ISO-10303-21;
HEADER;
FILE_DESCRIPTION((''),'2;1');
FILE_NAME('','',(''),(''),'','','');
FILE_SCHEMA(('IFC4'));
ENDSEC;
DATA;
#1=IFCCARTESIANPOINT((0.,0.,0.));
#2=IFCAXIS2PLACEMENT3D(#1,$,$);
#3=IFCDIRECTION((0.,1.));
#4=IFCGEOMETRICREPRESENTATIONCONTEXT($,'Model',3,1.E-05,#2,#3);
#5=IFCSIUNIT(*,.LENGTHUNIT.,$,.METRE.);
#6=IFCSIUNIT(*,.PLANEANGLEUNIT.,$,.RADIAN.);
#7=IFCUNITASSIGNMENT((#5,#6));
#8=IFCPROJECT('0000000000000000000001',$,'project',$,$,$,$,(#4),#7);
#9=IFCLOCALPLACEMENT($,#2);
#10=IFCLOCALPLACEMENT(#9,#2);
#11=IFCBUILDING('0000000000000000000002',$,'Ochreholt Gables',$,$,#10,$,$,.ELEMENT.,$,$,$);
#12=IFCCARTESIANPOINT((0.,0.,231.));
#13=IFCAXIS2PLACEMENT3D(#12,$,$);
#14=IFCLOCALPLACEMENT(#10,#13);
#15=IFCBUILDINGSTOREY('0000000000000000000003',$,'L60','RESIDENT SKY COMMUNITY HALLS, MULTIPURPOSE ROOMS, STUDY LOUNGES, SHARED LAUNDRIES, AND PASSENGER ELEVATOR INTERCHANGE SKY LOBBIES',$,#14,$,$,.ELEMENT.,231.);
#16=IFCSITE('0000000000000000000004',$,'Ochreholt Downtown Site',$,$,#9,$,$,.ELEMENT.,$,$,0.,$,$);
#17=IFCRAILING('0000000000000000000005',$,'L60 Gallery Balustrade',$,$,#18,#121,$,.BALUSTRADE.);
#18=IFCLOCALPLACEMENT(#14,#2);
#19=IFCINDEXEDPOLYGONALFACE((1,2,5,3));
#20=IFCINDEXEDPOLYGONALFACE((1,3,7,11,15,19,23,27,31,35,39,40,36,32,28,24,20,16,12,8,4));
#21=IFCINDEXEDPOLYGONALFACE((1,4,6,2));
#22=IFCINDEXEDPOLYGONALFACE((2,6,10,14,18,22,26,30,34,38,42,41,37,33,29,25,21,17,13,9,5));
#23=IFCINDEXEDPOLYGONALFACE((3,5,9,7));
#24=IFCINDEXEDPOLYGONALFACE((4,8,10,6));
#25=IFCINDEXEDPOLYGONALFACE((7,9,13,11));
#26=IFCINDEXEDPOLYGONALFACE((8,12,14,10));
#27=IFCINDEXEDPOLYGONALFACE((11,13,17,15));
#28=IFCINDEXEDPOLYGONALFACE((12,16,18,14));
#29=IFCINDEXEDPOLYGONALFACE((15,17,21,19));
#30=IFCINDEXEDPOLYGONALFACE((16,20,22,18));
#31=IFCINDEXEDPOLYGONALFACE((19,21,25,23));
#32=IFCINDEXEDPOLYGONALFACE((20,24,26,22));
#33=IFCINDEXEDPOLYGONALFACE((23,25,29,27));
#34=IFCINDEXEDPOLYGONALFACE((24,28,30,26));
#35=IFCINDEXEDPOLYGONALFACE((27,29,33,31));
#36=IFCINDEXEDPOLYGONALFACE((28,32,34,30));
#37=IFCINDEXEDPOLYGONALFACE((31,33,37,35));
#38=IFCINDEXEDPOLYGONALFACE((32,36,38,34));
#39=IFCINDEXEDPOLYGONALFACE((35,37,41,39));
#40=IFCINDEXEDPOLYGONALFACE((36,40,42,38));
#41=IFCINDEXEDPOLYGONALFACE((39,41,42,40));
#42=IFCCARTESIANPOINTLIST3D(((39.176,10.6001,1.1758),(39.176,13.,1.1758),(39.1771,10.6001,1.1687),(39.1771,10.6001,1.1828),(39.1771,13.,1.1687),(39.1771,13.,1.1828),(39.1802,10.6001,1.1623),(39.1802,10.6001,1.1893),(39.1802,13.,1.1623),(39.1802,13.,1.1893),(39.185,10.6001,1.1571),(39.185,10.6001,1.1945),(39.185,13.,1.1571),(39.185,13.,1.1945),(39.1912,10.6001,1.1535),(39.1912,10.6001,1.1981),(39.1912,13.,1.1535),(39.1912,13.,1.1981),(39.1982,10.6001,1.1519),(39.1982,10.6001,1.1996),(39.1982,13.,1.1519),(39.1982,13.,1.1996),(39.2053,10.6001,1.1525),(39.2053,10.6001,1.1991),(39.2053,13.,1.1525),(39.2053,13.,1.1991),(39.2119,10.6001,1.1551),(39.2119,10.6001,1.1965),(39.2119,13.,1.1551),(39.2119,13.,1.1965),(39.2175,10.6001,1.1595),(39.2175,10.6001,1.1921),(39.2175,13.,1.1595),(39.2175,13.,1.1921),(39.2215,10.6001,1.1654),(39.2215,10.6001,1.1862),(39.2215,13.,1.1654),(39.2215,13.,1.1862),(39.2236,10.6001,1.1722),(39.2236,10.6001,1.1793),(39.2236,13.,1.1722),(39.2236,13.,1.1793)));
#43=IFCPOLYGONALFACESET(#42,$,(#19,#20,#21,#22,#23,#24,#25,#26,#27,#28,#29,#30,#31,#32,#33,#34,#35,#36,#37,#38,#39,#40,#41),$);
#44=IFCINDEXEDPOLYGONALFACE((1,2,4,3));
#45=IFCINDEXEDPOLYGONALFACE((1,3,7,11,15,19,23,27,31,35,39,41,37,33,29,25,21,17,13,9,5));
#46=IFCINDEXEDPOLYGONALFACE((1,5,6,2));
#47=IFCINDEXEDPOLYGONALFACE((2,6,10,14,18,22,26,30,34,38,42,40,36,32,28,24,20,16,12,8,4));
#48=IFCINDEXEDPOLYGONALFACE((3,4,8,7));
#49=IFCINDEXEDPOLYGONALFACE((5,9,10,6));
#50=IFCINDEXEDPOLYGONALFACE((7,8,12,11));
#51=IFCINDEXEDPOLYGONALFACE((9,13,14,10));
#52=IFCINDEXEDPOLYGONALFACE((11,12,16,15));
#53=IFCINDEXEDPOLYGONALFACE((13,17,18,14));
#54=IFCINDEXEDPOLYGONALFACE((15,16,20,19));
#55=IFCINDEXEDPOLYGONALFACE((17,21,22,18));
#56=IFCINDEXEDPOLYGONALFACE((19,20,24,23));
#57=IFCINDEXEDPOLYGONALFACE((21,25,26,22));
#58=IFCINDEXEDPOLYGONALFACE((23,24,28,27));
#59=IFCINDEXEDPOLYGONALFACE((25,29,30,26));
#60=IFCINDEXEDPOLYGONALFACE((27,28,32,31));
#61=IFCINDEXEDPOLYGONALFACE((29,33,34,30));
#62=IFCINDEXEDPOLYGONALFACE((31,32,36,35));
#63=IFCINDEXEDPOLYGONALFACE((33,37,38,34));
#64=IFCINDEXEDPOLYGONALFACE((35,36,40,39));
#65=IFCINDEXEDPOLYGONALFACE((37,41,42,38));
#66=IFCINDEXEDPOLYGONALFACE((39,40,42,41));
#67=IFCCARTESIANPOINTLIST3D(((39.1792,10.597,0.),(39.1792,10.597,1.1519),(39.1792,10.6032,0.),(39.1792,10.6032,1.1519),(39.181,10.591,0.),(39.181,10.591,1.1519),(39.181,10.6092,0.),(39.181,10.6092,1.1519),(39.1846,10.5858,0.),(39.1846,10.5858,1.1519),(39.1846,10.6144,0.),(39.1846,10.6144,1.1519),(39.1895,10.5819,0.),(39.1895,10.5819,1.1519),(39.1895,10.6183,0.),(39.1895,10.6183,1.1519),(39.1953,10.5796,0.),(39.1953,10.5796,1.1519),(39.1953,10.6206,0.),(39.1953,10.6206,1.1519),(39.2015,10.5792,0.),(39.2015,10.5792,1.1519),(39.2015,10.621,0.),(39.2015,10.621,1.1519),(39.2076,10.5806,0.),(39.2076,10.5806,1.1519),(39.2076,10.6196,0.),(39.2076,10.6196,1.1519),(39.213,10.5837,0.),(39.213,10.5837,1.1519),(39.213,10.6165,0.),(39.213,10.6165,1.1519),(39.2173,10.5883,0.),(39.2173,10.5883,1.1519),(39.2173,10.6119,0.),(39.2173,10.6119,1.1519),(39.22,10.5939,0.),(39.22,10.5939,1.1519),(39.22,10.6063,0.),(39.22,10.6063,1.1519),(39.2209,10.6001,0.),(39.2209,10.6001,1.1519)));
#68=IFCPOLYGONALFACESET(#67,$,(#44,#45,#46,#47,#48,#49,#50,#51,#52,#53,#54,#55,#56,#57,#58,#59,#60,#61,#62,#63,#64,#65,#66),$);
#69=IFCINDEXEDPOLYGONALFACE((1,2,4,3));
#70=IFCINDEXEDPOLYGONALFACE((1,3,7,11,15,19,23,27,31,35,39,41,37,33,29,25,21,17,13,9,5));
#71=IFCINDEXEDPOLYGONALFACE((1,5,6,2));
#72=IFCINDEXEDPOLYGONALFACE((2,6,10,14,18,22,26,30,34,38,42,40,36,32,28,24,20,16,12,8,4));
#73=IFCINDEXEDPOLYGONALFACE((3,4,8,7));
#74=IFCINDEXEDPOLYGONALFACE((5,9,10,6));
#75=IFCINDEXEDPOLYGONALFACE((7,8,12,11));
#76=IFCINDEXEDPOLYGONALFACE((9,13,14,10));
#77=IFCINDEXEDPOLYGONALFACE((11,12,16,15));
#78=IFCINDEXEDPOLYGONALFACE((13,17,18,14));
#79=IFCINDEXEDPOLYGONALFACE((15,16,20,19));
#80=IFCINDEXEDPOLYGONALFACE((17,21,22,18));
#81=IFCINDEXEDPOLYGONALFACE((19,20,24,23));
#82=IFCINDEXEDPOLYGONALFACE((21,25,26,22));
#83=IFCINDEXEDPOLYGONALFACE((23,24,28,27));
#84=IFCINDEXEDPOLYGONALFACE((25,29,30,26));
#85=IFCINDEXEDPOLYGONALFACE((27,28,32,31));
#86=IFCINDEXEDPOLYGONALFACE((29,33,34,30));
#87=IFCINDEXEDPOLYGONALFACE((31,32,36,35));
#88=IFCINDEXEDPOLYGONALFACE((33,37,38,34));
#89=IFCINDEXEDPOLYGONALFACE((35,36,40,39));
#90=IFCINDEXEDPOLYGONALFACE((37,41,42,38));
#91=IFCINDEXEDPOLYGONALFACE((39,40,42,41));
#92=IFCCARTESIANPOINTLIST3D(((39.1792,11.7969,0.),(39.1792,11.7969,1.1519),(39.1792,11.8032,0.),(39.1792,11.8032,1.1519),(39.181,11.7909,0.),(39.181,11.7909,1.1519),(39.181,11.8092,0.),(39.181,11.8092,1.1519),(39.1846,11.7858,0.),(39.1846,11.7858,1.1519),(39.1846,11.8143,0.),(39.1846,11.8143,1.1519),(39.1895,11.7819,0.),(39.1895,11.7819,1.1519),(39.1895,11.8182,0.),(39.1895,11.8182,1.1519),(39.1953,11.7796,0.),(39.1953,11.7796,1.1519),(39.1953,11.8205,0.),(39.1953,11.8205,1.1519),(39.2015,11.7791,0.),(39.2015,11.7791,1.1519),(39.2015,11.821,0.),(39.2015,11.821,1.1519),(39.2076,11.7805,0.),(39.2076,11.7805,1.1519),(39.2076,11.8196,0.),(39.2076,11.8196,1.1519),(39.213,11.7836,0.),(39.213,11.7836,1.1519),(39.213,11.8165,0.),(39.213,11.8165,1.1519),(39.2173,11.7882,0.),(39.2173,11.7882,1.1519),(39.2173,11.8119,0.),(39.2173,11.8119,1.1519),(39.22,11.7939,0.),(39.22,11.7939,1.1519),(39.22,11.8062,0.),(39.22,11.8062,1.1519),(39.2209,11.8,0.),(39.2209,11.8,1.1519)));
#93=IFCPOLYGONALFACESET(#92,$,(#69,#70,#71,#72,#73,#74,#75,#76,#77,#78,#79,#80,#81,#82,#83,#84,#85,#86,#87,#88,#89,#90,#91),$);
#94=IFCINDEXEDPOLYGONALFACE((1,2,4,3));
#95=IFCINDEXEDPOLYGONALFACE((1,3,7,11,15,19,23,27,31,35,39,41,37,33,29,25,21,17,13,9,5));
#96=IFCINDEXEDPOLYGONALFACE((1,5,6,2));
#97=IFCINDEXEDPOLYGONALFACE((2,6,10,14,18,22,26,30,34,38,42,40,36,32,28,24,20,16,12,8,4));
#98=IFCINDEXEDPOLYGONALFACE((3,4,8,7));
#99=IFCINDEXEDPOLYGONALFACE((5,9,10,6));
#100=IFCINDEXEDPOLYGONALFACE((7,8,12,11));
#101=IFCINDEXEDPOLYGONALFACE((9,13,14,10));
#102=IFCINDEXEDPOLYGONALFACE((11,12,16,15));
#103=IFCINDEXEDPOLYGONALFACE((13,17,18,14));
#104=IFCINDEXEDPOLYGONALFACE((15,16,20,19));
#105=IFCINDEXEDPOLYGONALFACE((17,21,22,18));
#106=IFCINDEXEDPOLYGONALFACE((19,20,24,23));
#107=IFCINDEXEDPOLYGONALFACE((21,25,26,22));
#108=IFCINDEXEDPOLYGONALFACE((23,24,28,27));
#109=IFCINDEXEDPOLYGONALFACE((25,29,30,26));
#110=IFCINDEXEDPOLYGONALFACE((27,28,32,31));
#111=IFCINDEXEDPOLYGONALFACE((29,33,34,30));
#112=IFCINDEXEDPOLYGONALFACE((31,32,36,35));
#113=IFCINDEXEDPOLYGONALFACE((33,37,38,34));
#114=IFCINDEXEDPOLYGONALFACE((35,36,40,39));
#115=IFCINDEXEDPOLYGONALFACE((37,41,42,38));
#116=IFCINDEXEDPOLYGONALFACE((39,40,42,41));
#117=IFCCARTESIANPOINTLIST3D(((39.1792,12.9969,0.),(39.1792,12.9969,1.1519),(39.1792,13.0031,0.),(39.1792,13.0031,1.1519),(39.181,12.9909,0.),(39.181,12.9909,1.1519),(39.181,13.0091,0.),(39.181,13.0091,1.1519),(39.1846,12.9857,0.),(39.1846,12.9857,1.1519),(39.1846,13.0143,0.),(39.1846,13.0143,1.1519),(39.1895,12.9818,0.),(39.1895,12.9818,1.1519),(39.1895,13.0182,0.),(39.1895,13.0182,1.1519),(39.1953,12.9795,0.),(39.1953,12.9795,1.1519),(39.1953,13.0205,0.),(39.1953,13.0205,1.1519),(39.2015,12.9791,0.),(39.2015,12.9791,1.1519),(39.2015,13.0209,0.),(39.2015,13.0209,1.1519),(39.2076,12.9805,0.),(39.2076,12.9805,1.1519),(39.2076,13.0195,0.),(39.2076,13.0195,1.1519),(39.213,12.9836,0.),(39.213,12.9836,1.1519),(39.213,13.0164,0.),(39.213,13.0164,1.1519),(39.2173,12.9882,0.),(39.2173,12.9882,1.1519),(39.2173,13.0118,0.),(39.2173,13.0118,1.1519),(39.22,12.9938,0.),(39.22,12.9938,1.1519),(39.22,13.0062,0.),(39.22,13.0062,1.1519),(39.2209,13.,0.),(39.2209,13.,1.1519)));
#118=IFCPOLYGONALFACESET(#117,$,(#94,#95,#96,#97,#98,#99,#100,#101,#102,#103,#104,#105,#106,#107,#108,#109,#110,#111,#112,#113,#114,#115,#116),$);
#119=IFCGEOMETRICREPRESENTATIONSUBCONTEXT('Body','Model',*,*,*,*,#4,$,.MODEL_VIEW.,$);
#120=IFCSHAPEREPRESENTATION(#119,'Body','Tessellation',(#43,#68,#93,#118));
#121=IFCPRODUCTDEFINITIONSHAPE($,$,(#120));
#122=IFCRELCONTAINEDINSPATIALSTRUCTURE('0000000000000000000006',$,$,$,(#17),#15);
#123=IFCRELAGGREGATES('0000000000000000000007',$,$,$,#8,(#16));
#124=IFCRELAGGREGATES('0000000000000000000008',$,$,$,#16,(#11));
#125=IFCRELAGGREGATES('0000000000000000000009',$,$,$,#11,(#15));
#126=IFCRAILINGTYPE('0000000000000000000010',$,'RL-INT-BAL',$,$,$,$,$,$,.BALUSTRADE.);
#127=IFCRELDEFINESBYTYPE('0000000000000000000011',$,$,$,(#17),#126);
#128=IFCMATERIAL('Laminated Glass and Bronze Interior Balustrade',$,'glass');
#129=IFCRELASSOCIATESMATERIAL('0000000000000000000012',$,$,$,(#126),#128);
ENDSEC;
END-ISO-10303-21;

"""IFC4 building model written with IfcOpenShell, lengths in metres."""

from ifc_helpers import new_model, si_unit, direction, frame, origin, origin_2d, place, context, subcontext, project, spatial, circle, extrude, material, type_object, element, save


model = new_model("IFC4")

# Units and contexts
model_context = context("Model", 3, precision=1e-05, world=origin(), true_north=direction((0.0, 1.0)))
body_context = subcontext(model_context, "Body", "Model", "MODEL_VIEW")
ifc_project = project(units=[si_unit("LENGTHUNIT", "METRE"), si_unit("PLANEANGLEUNIT", "RADIAN")], contexts=[model_context])

# Site, building, storey
site_placement = place(None, origin())
site = spatial("IfcSite", under=ifc_project, at=site_placement, Name="Ochreholt Downtown Site", CompositionType="ELEMENT", RefElevation=0.0)
building_placement = place(site_placement, origin())
building = spatial("IfcBuilding", under=site, at=building_placement, Name="Ochreholt Gables", CompositionType="ELEMENT")
storey_placement = place(building_placement, frame((0.0, 0.0, 231.0)))
storey = spatial("IfcBuildingStorey", under=building, at=storey_placement, Name="L60", Description="RESIDENT SKY COMMUNITY HALLS, MULTIPURPOSE ROOMS, STUDY LOUNGES, SHARED LAUNDRIES, AND PASSENGER ELEVATOR INTERCHANGE SKY LOBBIES", CompositionType="ELEMENT", Elevation=231.0)

# Railing
ifc_material_1 = material(Name="Laminated Glass and Bronze Interior Balustrade", Category="glass")
railing_type = type_object("IfcRailingType", Name="RL-INT-BAL", PredefinedType="BALUSTRADE", material=ifc_material_1)
railing_placement = place(storey_placement, frame((39.2, 10.6001, 0.0)))
element("IfcRailing", 1, at=railing_placement, inside=storey, type_object=railing_type, Name="L60 Gallery Balustrade", PredefinedType="BALUSTRADE", context=body_context, shape_type="SweptSolid", body=[
    extrude(circle(Radius=0.0239, at=origin_2d()), frame((0.0, 0.0, 1.1758), z_axis=(0.0, 1.0, 0.0), x_axis=(-1.0, 0.0, 0.0)), (0.0, 0.0, 1.0), 2.3999),
    extrude(circle(Radius=0.021, at=origin_2d()), origin(), (0.0, 0.0, 1.0), 1.1519),
    extrude(circle(Radius=0.021, at=origin_2d()), frame((0.0, 1.2, 0.0)), (0.0, 0.0, 1.0), 1.1519),
    extrude(circle(Radius=0.021, at=origin_2d()), frame((0.0, 2.3999, 0.0)), (0.0, 0.0, 1.0), 1.1519),
])

save(model, "model.ifc")
